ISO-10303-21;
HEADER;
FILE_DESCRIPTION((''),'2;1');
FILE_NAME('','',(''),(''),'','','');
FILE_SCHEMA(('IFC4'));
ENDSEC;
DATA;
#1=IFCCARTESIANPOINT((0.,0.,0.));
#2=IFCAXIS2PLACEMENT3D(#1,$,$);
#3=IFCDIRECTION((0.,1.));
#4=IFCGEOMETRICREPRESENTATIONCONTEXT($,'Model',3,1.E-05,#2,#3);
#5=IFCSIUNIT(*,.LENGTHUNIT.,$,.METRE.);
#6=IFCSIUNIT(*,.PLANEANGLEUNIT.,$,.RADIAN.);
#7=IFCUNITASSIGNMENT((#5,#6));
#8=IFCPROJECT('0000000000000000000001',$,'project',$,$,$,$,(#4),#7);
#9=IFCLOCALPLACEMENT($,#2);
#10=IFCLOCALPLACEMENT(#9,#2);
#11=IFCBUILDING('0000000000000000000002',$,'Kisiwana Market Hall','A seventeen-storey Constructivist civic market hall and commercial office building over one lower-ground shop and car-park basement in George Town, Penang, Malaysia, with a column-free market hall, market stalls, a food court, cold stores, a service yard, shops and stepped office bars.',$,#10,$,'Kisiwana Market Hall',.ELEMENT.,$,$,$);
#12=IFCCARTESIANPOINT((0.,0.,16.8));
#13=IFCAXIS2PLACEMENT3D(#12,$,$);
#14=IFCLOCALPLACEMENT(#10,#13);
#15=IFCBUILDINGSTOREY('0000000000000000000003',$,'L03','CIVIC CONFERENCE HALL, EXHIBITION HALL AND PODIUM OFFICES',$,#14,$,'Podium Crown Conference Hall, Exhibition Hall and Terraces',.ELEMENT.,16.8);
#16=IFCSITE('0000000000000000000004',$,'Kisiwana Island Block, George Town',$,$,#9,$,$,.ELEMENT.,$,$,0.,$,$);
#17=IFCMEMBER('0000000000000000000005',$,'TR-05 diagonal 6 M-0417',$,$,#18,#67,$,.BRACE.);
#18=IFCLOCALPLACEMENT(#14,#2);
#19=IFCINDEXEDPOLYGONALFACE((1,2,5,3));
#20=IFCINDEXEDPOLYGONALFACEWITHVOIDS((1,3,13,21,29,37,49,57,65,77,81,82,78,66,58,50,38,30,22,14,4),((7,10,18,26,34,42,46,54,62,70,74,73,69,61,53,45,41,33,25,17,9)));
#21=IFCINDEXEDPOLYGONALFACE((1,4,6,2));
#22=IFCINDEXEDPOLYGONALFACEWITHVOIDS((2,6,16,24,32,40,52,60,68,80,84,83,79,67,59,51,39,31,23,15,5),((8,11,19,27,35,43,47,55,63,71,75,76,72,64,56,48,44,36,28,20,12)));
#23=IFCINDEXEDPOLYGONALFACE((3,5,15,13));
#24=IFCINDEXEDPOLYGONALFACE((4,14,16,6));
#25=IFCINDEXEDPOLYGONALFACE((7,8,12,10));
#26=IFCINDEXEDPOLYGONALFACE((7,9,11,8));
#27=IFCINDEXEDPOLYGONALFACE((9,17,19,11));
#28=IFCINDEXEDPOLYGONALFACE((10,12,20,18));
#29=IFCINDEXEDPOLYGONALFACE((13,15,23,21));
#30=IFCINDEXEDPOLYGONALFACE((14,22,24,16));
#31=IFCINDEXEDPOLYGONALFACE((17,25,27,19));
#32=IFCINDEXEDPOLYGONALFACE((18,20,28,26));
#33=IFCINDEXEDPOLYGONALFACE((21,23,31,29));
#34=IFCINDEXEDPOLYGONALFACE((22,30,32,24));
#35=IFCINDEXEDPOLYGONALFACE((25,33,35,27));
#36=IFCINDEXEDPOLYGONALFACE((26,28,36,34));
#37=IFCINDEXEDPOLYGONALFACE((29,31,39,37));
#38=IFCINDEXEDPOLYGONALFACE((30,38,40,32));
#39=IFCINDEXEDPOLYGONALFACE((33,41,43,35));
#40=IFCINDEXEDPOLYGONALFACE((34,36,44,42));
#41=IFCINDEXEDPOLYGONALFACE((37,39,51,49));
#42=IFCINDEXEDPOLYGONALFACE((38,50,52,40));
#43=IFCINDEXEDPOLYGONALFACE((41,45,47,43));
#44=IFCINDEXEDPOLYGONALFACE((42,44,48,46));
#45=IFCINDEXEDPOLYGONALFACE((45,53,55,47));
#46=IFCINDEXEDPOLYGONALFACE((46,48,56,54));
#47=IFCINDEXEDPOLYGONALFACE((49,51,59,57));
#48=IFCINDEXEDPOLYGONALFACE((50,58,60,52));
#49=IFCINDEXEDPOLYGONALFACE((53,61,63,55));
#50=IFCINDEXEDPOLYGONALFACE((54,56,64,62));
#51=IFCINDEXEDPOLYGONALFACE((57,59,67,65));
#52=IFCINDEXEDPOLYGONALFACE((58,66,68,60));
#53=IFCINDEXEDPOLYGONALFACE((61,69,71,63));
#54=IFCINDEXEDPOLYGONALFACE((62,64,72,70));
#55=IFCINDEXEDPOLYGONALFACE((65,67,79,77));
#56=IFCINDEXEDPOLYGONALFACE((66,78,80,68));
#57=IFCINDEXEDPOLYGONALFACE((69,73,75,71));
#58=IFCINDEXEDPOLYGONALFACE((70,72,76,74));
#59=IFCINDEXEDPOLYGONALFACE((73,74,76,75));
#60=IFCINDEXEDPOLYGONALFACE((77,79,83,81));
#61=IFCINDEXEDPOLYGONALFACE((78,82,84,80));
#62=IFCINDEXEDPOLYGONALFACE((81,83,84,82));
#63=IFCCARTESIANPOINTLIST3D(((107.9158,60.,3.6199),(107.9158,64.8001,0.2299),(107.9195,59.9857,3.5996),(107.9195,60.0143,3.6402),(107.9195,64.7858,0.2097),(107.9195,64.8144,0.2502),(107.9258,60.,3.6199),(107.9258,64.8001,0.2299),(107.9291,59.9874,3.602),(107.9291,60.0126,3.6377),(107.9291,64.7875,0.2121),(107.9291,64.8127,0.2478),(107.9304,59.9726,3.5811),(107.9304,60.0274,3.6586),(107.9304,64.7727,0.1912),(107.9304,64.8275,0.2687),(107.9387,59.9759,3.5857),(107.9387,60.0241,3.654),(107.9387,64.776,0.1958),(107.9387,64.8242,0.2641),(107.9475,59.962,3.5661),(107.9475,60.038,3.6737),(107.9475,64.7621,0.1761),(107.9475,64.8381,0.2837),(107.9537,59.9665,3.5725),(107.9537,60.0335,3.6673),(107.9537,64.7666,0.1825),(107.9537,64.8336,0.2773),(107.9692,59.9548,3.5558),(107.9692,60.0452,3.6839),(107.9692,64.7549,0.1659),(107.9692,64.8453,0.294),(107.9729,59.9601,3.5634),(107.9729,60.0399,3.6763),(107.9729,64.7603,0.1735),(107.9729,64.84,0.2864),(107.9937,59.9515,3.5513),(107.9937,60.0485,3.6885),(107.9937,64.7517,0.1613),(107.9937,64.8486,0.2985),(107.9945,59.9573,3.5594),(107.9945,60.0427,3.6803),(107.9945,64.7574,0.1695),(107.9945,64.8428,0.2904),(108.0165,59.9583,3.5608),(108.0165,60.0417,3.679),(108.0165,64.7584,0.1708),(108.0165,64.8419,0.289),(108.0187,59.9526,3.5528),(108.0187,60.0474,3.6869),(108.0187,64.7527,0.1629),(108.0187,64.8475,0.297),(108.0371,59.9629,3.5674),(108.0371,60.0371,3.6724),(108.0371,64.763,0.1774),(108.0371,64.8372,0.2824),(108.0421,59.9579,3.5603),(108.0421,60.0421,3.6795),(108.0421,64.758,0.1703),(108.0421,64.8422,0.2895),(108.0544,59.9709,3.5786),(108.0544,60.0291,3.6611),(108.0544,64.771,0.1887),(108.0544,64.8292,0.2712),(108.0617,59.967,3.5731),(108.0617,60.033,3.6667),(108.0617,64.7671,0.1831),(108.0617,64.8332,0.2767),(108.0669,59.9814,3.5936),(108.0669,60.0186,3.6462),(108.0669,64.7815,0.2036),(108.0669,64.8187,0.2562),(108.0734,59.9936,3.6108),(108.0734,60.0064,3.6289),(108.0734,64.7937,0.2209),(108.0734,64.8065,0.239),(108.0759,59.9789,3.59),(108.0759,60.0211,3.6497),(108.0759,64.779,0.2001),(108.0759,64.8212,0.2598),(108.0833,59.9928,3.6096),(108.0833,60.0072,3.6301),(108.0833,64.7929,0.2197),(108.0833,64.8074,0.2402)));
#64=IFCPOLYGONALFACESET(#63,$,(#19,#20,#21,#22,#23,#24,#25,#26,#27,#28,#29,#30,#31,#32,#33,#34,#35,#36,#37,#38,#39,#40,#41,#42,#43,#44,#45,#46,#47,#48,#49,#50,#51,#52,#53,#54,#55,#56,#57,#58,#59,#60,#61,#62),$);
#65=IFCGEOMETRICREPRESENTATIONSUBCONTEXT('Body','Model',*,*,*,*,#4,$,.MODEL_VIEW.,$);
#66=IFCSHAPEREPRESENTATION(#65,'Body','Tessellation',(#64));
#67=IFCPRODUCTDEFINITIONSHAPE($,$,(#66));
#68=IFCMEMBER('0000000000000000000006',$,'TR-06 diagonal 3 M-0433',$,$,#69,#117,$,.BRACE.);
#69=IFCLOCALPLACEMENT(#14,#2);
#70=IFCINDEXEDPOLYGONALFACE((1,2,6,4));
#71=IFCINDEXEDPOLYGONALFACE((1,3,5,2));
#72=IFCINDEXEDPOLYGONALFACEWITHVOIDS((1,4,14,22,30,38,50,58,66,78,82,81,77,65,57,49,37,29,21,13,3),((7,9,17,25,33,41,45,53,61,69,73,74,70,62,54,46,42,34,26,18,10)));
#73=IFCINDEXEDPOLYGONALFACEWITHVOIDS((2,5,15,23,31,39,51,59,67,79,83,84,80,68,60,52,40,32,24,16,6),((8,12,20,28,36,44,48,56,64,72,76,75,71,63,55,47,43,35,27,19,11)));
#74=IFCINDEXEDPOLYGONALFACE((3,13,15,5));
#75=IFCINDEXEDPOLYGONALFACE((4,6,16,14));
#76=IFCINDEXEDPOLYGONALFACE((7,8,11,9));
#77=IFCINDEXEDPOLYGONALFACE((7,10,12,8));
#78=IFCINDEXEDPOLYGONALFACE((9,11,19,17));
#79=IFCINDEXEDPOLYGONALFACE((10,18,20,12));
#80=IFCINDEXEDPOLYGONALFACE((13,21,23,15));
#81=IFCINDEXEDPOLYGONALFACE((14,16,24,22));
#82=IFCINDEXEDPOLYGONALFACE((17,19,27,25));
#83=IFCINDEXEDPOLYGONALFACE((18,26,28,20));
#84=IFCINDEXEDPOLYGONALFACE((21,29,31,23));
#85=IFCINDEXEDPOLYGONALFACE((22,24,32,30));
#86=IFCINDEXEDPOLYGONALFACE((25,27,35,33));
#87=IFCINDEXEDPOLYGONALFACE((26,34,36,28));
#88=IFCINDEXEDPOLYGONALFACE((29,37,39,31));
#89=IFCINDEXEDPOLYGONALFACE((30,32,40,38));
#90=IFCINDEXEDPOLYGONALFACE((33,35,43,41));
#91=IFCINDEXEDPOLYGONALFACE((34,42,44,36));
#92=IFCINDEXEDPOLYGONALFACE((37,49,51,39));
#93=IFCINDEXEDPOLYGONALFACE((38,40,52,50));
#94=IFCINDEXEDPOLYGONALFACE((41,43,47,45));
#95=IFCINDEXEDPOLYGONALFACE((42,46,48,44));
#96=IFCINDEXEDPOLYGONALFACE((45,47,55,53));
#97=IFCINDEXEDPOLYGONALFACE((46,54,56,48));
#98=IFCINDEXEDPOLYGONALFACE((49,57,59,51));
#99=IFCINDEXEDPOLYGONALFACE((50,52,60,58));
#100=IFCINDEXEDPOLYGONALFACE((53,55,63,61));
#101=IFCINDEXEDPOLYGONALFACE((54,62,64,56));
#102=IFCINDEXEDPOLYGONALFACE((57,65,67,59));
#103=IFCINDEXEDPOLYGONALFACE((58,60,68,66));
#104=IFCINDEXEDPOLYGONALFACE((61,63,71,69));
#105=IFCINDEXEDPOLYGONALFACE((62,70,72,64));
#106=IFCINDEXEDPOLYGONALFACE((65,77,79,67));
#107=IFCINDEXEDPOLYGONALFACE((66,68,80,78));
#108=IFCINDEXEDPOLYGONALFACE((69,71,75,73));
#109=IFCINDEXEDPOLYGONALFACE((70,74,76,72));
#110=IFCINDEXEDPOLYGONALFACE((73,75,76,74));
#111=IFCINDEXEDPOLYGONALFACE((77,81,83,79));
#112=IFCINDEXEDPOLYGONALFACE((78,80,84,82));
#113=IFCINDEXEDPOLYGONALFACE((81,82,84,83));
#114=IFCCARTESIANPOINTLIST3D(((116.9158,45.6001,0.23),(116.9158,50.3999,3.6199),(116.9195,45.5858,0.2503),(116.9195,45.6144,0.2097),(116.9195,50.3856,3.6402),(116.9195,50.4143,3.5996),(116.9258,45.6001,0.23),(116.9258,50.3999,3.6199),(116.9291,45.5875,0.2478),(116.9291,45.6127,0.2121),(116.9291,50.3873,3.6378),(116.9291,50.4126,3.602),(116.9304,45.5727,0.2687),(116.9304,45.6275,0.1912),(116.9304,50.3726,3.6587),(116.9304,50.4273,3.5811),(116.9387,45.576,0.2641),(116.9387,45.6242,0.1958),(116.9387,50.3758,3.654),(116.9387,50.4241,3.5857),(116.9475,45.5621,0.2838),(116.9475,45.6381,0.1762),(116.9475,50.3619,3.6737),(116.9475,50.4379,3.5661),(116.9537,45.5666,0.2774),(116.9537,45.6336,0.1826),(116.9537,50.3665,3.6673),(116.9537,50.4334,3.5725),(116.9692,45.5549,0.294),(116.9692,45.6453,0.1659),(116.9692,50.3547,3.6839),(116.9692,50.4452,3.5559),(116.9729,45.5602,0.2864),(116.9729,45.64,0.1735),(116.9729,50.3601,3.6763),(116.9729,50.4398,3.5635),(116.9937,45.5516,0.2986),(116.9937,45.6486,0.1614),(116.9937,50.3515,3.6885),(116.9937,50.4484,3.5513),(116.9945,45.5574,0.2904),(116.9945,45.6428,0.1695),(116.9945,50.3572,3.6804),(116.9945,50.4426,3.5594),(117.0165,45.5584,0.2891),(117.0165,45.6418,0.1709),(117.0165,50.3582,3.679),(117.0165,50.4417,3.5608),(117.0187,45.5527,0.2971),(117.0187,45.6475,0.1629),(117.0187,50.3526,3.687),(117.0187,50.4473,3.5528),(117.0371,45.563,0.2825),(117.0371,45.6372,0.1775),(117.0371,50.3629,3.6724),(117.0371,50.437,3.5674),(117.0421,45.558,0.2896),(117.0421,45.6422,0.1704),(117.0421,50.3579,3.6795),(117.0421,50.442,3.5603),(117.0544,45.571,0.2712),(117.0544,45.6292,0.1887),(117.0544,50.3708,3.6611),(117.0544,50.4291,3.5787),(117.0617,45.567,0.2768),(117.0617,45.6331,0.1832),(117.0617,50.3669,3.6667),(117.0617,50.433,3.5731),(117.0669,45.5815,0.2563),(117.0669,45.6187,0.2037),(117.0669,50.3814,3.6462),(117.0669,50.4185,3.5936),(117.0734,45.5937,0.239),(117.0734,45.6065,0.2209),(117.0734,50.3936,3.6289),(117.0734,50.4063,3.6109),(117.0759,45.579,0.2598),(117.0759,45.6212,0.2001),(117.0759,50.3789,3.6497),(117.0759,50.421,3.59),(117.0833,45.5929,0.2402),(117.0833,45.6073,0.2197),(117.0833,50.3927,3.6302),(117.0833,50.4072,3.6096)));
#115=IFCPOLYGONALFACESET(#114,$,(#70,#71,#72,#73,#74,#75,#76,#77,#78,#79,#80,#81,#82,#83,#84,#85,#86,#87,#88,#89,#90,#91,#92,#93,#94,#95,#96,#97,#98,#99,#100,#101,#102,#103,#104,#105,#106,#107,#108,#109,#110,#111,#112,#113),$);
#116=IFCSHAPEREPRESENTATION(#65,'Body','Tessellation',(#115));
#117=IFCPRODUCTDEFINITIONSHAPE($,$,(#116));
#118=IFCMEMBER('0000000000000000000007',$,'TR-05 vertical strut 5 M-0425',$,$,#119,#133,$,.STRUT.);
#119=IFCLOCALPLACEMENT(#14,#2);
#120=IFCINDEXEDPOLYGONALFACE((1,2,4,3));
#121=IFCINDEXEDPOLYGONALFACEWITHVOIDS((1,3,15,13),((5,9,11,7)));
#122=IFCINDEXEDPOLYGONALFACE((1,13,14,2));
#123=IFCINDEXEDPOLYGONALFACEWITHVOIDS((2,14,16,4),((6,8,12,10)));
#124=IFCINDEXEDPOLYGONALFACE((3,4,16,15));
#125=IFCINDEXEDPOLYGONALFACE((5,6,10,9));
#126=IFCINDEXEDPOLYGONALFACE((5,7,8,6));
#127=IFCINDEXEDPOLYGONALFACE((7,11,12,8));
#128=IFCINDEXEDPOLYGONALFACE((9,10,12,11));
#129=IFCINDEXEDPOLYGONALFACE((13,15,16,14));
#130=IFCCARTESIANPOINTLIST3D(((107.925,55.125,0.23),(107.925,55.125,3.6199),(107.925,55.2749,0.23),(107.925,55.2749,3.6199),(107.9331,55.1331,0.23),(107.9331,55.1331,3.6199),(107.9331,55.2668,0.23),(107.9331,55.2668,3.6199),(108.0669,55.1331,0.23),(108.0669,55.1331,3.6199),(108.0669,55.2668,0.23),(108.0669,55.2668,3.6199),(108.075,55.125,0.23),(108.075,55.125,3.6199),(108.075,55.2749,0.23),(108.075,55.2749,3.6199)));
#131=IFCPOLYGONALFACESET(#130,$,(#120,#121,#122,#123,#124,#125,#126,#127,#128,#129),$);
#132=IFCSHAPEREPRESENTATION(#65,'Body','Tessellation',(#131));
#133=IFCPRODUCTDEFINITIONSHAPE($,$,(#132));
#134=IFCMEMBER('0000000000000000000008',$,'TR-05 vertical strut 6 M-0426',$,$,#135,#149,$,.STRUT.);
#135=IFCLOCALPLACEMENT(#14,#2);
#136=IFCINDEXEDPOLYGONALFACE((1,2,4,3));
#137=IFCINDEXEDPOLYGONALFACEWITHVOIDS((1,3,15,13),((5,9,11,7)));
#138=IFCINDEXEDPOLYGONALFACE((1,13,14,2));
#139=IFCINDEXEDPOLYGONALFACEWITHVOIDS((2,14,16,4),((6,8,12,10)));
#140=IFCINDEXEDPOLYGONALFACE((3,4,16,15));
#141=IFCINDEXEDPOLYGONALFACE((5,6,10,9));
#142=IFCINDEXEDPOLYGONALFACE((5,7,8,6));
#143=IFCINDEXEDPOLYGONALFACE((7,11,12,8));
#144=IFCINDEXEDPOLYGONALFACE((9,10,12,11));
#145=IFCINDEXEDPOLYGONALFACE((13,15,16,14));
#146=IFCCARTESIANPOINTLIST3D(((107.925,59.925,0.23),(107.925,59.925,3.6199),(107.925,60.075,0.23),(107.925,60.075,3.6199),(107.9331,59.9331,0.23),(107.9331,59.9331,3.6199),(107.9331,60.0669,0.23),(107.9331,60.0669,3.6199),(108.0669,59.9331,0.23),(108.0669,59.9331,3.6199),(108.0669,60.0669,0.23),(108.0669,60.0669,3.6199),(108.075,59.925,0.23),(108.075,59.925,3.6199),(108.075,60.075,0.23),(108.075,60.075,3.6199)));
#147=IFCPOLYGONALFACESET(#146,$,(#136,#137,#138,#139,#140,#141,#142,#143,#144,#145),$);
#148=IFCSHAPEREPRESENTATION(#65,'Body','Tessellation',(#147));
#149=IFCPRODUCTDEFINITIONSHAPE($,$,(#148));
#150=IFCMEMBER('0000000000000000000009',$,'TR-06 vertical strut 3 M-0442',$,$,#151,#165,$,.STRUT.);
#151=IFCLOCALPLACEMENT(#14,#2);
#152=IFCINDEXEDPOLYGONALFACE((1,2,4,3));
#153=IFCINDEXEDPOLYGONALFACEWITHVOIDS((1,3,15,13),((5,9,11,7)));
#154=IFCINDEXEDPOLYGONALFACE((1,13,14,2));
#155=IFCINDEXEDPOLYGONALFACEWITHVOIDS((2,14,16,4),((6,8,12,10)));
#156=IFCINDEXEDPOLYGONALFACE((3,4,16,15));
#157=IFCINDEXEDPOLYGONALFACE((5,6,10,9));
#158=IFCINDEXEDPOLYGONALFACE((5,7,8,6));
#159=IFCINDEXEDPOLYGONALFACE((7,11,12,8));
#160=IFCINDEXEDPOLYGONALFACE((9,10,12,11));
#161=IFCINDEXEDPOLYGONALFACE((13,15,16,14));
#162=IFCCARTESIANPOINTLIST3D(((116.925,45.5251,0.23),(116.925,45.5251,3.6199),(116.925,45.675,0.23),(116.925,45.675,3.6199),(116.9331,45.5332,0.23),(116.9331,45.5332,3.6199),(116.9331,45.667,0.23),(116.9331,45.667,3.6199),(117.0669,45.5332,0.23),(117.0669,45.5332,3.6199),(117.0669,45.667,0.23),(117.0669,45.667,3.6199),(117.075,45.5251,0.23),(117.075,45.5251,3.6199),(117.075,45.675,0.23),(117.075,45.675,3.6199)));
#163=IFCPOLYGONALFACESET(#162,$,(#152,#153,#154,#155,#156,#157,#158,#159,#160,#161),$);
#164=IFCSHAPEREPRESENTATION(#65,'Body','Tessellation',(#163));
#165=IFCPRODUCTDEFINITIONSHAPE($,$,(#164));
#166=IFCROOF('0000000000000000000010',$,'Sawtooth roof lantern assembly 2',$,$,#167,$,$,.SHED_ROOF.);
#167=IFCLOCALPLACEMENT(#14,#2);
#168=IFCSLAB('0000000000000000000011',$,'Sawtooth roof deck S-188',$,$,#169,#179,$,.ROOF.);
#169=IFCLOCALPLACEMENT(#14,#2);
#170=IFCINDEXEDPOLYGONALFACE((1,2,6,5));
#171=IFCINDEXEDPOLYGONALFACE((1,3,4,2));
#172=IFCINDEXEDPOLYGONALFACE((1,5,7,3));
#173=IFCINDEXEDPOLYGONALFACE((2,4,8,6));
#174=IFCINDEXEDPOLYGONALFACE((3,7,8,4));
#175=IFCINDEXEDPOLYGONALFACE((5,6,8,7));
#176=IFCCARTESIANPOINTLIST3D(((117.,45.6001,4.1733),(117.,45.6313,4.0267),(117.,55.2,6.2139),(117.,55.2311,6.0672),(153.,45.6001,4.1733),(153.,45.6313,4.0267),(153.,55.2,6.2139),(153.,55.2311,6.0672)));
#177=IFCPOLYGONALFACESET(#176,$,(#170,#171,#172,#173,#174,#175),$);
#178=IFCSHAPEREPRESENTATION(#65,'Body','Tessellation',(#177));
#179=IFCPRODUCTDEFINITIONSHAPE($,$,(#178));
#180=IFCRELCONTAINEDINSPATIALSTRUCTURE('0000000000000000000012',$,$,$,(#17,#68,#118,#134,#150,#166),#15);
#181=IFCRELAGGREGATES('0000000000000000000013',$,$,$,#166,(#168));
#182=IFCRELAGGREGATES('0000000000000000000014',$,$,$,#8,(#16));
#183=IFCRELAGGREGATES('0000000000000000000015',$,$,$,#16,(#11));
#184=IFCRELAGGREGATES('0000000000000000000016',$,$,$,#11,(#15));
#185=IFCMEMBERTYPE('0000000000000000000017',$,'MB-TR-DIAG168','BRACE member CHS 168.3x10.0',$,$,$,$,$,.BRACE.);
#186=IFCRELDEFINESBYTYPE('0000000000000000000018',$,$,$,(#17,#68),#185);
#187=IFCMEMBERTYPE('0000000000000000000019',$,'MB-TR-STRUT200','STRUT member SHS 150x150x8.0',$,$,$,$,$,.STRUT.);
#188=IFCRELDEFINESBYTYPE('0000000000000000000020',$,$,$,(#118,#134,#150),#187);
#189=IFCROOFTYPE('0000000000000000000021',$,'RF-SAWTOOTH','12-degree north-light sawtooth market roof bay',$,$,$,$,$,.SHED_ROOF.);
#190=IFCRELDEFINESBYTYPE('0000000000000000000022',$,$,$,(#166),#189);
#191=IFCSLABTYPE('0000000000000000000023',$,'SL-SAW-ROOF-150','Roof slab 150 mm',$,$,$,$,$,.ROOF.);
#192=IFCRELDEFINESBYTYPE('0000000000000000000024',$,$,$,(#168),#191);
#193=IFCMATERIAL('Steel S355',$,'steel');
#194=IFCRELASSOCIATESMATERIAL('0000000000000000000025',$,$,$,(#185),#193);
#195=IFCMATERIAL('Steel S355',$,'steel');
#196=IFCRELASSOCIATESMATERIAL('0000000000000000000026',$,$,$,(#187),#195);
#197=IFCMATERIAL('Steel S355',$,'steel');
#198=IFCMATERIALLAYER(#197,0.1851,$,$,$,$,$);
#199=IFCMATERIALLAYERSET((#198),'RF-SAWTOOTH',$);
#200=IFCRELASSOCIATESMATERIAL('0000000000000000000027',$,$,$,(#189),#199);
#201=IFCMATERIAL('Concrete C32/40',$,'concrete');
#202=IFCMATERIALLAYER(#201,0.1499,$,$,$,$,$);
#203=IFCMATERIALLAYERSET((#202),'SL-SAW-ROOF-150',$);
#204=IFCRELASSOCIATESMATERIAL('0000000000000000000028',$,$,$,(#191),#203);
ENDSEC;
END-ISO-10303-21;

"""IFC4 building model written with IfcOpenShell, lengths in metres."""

from ifc_helpers import new_model, si_unit, direction, frame, origin, origin_2d, place, context, subcontext, project, spatial, polyline, hollow_rectangle, hollow_circle, outline, extrude, material, layer, layer_set, material_profile, profile_set, type_object, element, aggregate, save


model = new_model("IFC4")

# Units and contexts
model_context = context("Model", 3, precision=1e-05, world=origin(), true_north=direction((0.0, 1.0)))
body_context = subcontext(model_context, "Body", "Model", "MODEL_VIEW")
ifc_project = project(units=[si_unit("LENGTHUNIT", "METRE"), si_unit("PLANEANGLEUNIT", "RADIAN")], contexts=[model_context])

# Site, building, storey
site_placement = place(None, origin())
site = spatial("IfcSite", under=ifc_project, at=site_placement, Name="Kisiwana Island Block, George Town", CompositionType="ELEMENT", RefElevation=0.0)
building_placement = place(site_placement, origin())
building = spatial("IfcBuilding", under=site, at=building_placement, Name="Kisiwana Market Hall", Description="A seventeen-storey Constructivist civic market hall and commercial office building over one lower-ground shop and car-park basement in George Town, Penang, Malaysia, with a column-free market hall, market stalls, a food court, cold stores, a service yard, shops and stepped office bars.", LongName="Kisiwana Market Hall", CompositionType="ELEMENT")
storey_placement = place(building_placement, frame((0.0, 0.0, 16.8)))
storey = spatial("IfcBuildingStorey", under=building, at=storey_placement, Name="L03", Description="CIVIC CONFERENCE HALL, EXHIBITION HALL AND PODIUM OFFICES", LongName="Podium Crown Conference Hall, Exhibition Hall and Terraces", CompositionType="ELEMENT", Elevation=16.8)

# Members
ifc_material_1 = material(Name="Steel S355", Category="steel")
ifc_material_profile_1 = material_profile(ifc_material_1, hollow_circle(Radius=0.0842, WallThickness=0.01, at=origin_2d()), Name="CHS 168.3x10.0")
ifc_profile_set_1 = profile_set([ifc_material_profile_1], Name="Steel S355")
member_type_1 = type_object("IfcMemberType", Name="MB-TR-DIAG168", Description="BRACE member CHS 168.3x10.0", PredefinedType="BRACE", material=ifc_profile_set_1)
for number, where, z_axis, x_axis, name in (
    (1, (108.0, 60.0, 3.6199), (0.0, 0.816838, -0.576868), (-1.0, 0.0, 0.0), "TR-05 diagonal 6 M-0417"),
):
    element("IfcMember", number, at=place(storey_placement, frame(where, z_axis=z_axis, x_axis=x_axis)), inside=storey, type_object=member_type_1, Name=name, PredefinedType="BRACE", context=body_context, shape_type="SweptSolid", body=[
        extrude(hollow_circle(Radius=0.0842, WallThickness=0.01, at=origin_2d()), origin(), (0.0, 0.0, 1.0), 5.8765),
    ])
member_1_placement = place(storey_placement, frame((117.0, 45.6001, 0.23), z_axis=(0.0, 0.816824, 0.576887), x_axis=(-1.0, 0.0, 0.0)))
element("IfcMember", 2, at=member_1_placement, inside=storey, type_object=member_type_1, Name="TR-06 diagonal 3 M-0433", PredefinedType="BRACE", context=body_context, shape_type="SweptSolid", body=[
    extrude(hollow_circle(Radius=0.0842, WallThickness=0.01, at=origin_2d()), origin(), (0.0, 0.0, 1.0), 5.8762),
])
ifc_material_2 = material(Name="Steel S355", Category="steel")
ifc_material_profile_2 = material_profile(ifc_material_2, hollow_rectangle(XDim=0.1499, YDim=0.1499, WallThickness=0.0081, at=origin_2d()), Name="SHS 150x150x8.0")
ifc_profile_set_2 = profile_set([ifc_material_profile_2], Name="Steel S355")
member_type_2 = type_object("IfcMemberType", Name="MB-TR-STRUT200", Description="STRUT member SHS 150x150x8.0", PredefinedType="STRUT", material=ifc_profile_set_2)
for number, where, z_axis, x_axis, name in (
    (3, (108.0, 55.2, 0.23), (0.0, 0.0, 1.0), (1.0, 0.0, 0.0), "TR-05 vertical strut 5 M-0425"),
    (4, (108.0, 60.0, 0.23), (0.0, 0.0, 1.0), (1.0, 0.0, 0.0), "TR-05 vertical strut 6 M-0426"),
    (5, (117.0, 45.6001, 0.23), (0.0, 0.0, 1.0), (1.0, 0.0, 0.0), "TR-06 vertical strut 3 M-0442"),
):
    element("IfcMember", number, at=place(storey_placement, frame(where, z_axis=z_axis, x_axis=x_axis)), inside=storey, type_object=member_type_2, Name=name, PredefinedType="STRUT", context=body_context, shape_type="SweptSolid", body=[
        extrude(hollow_rectangle(XDim=0.1499, YDim=0.1499, WallThickness=0.0081, at=origin_2d()), origin(), (0.0, 0.0, 1.0), 3.3899),
    ])

# Roof, slab
ifc_material_3 = material(Name="Steel S355", Category="steel")
ifc_layer_1 = layer(ifc_material_3, 0.1851)
ifc_layer_set_1 = layer_set([ifc_layer_1], Name="RF-SAWTOOTH")
roof_type = type_object("IfcRoofType", Name="RF-SAWTOOTH", Description="12-degree north-light sawtooth market roof bay", PredefinedType="SHED_ROOF", material=ifc_layer_set_1)
roof_placement = place(storey_placement, origin())
roof = element("IfcRoof", 6, at=roof_placement, inside=storey, type_object=roof_type, Name="Sawtooth roof lantern assembly 2", PredefinedType="SHED_ROOF")
ifc_material_4 = material(Name="Concrete C32/40", Category="concrete")
ifc_layer_2 = layer(ifc_material_4, 0.1499)
ifc_layer_set_2 = layer_set([ifc_layer_2], Name="SL-SAW-ROOF-150")
slab_type = type_object("IfcSlabType", Name="SL-SAW-ROOF-150", Description="Roof slab 150 mm", PredefinedType="ROOF", material=ifc_layer_set_2)
slab_placement = place(storey_placement, frame((117.0, 45.6001, 4.1733), z_axis=(0.0, -0.207913, 0.978147), x_axis=(1.0, 0.0, 0.0)))
slab = element("IfcSlab", 7, at=slab_placement, type_object=slab_type, Name="Sawtooth roof deck S-188", PredefinedType="ROOF", context=body_context, shape_type="SweptSolid", body=[
    extrude(outline(polyline([(0.0, 0.0), (36.0, 0.0), (36.0, 9.8143), (0.0, 9.8143), (0.0, 0.0)])), origin(), (0.0, 0.0, -1.0), 0.1499),
])
aggregate(roof, [slab])

save(model, "model.ifc")
